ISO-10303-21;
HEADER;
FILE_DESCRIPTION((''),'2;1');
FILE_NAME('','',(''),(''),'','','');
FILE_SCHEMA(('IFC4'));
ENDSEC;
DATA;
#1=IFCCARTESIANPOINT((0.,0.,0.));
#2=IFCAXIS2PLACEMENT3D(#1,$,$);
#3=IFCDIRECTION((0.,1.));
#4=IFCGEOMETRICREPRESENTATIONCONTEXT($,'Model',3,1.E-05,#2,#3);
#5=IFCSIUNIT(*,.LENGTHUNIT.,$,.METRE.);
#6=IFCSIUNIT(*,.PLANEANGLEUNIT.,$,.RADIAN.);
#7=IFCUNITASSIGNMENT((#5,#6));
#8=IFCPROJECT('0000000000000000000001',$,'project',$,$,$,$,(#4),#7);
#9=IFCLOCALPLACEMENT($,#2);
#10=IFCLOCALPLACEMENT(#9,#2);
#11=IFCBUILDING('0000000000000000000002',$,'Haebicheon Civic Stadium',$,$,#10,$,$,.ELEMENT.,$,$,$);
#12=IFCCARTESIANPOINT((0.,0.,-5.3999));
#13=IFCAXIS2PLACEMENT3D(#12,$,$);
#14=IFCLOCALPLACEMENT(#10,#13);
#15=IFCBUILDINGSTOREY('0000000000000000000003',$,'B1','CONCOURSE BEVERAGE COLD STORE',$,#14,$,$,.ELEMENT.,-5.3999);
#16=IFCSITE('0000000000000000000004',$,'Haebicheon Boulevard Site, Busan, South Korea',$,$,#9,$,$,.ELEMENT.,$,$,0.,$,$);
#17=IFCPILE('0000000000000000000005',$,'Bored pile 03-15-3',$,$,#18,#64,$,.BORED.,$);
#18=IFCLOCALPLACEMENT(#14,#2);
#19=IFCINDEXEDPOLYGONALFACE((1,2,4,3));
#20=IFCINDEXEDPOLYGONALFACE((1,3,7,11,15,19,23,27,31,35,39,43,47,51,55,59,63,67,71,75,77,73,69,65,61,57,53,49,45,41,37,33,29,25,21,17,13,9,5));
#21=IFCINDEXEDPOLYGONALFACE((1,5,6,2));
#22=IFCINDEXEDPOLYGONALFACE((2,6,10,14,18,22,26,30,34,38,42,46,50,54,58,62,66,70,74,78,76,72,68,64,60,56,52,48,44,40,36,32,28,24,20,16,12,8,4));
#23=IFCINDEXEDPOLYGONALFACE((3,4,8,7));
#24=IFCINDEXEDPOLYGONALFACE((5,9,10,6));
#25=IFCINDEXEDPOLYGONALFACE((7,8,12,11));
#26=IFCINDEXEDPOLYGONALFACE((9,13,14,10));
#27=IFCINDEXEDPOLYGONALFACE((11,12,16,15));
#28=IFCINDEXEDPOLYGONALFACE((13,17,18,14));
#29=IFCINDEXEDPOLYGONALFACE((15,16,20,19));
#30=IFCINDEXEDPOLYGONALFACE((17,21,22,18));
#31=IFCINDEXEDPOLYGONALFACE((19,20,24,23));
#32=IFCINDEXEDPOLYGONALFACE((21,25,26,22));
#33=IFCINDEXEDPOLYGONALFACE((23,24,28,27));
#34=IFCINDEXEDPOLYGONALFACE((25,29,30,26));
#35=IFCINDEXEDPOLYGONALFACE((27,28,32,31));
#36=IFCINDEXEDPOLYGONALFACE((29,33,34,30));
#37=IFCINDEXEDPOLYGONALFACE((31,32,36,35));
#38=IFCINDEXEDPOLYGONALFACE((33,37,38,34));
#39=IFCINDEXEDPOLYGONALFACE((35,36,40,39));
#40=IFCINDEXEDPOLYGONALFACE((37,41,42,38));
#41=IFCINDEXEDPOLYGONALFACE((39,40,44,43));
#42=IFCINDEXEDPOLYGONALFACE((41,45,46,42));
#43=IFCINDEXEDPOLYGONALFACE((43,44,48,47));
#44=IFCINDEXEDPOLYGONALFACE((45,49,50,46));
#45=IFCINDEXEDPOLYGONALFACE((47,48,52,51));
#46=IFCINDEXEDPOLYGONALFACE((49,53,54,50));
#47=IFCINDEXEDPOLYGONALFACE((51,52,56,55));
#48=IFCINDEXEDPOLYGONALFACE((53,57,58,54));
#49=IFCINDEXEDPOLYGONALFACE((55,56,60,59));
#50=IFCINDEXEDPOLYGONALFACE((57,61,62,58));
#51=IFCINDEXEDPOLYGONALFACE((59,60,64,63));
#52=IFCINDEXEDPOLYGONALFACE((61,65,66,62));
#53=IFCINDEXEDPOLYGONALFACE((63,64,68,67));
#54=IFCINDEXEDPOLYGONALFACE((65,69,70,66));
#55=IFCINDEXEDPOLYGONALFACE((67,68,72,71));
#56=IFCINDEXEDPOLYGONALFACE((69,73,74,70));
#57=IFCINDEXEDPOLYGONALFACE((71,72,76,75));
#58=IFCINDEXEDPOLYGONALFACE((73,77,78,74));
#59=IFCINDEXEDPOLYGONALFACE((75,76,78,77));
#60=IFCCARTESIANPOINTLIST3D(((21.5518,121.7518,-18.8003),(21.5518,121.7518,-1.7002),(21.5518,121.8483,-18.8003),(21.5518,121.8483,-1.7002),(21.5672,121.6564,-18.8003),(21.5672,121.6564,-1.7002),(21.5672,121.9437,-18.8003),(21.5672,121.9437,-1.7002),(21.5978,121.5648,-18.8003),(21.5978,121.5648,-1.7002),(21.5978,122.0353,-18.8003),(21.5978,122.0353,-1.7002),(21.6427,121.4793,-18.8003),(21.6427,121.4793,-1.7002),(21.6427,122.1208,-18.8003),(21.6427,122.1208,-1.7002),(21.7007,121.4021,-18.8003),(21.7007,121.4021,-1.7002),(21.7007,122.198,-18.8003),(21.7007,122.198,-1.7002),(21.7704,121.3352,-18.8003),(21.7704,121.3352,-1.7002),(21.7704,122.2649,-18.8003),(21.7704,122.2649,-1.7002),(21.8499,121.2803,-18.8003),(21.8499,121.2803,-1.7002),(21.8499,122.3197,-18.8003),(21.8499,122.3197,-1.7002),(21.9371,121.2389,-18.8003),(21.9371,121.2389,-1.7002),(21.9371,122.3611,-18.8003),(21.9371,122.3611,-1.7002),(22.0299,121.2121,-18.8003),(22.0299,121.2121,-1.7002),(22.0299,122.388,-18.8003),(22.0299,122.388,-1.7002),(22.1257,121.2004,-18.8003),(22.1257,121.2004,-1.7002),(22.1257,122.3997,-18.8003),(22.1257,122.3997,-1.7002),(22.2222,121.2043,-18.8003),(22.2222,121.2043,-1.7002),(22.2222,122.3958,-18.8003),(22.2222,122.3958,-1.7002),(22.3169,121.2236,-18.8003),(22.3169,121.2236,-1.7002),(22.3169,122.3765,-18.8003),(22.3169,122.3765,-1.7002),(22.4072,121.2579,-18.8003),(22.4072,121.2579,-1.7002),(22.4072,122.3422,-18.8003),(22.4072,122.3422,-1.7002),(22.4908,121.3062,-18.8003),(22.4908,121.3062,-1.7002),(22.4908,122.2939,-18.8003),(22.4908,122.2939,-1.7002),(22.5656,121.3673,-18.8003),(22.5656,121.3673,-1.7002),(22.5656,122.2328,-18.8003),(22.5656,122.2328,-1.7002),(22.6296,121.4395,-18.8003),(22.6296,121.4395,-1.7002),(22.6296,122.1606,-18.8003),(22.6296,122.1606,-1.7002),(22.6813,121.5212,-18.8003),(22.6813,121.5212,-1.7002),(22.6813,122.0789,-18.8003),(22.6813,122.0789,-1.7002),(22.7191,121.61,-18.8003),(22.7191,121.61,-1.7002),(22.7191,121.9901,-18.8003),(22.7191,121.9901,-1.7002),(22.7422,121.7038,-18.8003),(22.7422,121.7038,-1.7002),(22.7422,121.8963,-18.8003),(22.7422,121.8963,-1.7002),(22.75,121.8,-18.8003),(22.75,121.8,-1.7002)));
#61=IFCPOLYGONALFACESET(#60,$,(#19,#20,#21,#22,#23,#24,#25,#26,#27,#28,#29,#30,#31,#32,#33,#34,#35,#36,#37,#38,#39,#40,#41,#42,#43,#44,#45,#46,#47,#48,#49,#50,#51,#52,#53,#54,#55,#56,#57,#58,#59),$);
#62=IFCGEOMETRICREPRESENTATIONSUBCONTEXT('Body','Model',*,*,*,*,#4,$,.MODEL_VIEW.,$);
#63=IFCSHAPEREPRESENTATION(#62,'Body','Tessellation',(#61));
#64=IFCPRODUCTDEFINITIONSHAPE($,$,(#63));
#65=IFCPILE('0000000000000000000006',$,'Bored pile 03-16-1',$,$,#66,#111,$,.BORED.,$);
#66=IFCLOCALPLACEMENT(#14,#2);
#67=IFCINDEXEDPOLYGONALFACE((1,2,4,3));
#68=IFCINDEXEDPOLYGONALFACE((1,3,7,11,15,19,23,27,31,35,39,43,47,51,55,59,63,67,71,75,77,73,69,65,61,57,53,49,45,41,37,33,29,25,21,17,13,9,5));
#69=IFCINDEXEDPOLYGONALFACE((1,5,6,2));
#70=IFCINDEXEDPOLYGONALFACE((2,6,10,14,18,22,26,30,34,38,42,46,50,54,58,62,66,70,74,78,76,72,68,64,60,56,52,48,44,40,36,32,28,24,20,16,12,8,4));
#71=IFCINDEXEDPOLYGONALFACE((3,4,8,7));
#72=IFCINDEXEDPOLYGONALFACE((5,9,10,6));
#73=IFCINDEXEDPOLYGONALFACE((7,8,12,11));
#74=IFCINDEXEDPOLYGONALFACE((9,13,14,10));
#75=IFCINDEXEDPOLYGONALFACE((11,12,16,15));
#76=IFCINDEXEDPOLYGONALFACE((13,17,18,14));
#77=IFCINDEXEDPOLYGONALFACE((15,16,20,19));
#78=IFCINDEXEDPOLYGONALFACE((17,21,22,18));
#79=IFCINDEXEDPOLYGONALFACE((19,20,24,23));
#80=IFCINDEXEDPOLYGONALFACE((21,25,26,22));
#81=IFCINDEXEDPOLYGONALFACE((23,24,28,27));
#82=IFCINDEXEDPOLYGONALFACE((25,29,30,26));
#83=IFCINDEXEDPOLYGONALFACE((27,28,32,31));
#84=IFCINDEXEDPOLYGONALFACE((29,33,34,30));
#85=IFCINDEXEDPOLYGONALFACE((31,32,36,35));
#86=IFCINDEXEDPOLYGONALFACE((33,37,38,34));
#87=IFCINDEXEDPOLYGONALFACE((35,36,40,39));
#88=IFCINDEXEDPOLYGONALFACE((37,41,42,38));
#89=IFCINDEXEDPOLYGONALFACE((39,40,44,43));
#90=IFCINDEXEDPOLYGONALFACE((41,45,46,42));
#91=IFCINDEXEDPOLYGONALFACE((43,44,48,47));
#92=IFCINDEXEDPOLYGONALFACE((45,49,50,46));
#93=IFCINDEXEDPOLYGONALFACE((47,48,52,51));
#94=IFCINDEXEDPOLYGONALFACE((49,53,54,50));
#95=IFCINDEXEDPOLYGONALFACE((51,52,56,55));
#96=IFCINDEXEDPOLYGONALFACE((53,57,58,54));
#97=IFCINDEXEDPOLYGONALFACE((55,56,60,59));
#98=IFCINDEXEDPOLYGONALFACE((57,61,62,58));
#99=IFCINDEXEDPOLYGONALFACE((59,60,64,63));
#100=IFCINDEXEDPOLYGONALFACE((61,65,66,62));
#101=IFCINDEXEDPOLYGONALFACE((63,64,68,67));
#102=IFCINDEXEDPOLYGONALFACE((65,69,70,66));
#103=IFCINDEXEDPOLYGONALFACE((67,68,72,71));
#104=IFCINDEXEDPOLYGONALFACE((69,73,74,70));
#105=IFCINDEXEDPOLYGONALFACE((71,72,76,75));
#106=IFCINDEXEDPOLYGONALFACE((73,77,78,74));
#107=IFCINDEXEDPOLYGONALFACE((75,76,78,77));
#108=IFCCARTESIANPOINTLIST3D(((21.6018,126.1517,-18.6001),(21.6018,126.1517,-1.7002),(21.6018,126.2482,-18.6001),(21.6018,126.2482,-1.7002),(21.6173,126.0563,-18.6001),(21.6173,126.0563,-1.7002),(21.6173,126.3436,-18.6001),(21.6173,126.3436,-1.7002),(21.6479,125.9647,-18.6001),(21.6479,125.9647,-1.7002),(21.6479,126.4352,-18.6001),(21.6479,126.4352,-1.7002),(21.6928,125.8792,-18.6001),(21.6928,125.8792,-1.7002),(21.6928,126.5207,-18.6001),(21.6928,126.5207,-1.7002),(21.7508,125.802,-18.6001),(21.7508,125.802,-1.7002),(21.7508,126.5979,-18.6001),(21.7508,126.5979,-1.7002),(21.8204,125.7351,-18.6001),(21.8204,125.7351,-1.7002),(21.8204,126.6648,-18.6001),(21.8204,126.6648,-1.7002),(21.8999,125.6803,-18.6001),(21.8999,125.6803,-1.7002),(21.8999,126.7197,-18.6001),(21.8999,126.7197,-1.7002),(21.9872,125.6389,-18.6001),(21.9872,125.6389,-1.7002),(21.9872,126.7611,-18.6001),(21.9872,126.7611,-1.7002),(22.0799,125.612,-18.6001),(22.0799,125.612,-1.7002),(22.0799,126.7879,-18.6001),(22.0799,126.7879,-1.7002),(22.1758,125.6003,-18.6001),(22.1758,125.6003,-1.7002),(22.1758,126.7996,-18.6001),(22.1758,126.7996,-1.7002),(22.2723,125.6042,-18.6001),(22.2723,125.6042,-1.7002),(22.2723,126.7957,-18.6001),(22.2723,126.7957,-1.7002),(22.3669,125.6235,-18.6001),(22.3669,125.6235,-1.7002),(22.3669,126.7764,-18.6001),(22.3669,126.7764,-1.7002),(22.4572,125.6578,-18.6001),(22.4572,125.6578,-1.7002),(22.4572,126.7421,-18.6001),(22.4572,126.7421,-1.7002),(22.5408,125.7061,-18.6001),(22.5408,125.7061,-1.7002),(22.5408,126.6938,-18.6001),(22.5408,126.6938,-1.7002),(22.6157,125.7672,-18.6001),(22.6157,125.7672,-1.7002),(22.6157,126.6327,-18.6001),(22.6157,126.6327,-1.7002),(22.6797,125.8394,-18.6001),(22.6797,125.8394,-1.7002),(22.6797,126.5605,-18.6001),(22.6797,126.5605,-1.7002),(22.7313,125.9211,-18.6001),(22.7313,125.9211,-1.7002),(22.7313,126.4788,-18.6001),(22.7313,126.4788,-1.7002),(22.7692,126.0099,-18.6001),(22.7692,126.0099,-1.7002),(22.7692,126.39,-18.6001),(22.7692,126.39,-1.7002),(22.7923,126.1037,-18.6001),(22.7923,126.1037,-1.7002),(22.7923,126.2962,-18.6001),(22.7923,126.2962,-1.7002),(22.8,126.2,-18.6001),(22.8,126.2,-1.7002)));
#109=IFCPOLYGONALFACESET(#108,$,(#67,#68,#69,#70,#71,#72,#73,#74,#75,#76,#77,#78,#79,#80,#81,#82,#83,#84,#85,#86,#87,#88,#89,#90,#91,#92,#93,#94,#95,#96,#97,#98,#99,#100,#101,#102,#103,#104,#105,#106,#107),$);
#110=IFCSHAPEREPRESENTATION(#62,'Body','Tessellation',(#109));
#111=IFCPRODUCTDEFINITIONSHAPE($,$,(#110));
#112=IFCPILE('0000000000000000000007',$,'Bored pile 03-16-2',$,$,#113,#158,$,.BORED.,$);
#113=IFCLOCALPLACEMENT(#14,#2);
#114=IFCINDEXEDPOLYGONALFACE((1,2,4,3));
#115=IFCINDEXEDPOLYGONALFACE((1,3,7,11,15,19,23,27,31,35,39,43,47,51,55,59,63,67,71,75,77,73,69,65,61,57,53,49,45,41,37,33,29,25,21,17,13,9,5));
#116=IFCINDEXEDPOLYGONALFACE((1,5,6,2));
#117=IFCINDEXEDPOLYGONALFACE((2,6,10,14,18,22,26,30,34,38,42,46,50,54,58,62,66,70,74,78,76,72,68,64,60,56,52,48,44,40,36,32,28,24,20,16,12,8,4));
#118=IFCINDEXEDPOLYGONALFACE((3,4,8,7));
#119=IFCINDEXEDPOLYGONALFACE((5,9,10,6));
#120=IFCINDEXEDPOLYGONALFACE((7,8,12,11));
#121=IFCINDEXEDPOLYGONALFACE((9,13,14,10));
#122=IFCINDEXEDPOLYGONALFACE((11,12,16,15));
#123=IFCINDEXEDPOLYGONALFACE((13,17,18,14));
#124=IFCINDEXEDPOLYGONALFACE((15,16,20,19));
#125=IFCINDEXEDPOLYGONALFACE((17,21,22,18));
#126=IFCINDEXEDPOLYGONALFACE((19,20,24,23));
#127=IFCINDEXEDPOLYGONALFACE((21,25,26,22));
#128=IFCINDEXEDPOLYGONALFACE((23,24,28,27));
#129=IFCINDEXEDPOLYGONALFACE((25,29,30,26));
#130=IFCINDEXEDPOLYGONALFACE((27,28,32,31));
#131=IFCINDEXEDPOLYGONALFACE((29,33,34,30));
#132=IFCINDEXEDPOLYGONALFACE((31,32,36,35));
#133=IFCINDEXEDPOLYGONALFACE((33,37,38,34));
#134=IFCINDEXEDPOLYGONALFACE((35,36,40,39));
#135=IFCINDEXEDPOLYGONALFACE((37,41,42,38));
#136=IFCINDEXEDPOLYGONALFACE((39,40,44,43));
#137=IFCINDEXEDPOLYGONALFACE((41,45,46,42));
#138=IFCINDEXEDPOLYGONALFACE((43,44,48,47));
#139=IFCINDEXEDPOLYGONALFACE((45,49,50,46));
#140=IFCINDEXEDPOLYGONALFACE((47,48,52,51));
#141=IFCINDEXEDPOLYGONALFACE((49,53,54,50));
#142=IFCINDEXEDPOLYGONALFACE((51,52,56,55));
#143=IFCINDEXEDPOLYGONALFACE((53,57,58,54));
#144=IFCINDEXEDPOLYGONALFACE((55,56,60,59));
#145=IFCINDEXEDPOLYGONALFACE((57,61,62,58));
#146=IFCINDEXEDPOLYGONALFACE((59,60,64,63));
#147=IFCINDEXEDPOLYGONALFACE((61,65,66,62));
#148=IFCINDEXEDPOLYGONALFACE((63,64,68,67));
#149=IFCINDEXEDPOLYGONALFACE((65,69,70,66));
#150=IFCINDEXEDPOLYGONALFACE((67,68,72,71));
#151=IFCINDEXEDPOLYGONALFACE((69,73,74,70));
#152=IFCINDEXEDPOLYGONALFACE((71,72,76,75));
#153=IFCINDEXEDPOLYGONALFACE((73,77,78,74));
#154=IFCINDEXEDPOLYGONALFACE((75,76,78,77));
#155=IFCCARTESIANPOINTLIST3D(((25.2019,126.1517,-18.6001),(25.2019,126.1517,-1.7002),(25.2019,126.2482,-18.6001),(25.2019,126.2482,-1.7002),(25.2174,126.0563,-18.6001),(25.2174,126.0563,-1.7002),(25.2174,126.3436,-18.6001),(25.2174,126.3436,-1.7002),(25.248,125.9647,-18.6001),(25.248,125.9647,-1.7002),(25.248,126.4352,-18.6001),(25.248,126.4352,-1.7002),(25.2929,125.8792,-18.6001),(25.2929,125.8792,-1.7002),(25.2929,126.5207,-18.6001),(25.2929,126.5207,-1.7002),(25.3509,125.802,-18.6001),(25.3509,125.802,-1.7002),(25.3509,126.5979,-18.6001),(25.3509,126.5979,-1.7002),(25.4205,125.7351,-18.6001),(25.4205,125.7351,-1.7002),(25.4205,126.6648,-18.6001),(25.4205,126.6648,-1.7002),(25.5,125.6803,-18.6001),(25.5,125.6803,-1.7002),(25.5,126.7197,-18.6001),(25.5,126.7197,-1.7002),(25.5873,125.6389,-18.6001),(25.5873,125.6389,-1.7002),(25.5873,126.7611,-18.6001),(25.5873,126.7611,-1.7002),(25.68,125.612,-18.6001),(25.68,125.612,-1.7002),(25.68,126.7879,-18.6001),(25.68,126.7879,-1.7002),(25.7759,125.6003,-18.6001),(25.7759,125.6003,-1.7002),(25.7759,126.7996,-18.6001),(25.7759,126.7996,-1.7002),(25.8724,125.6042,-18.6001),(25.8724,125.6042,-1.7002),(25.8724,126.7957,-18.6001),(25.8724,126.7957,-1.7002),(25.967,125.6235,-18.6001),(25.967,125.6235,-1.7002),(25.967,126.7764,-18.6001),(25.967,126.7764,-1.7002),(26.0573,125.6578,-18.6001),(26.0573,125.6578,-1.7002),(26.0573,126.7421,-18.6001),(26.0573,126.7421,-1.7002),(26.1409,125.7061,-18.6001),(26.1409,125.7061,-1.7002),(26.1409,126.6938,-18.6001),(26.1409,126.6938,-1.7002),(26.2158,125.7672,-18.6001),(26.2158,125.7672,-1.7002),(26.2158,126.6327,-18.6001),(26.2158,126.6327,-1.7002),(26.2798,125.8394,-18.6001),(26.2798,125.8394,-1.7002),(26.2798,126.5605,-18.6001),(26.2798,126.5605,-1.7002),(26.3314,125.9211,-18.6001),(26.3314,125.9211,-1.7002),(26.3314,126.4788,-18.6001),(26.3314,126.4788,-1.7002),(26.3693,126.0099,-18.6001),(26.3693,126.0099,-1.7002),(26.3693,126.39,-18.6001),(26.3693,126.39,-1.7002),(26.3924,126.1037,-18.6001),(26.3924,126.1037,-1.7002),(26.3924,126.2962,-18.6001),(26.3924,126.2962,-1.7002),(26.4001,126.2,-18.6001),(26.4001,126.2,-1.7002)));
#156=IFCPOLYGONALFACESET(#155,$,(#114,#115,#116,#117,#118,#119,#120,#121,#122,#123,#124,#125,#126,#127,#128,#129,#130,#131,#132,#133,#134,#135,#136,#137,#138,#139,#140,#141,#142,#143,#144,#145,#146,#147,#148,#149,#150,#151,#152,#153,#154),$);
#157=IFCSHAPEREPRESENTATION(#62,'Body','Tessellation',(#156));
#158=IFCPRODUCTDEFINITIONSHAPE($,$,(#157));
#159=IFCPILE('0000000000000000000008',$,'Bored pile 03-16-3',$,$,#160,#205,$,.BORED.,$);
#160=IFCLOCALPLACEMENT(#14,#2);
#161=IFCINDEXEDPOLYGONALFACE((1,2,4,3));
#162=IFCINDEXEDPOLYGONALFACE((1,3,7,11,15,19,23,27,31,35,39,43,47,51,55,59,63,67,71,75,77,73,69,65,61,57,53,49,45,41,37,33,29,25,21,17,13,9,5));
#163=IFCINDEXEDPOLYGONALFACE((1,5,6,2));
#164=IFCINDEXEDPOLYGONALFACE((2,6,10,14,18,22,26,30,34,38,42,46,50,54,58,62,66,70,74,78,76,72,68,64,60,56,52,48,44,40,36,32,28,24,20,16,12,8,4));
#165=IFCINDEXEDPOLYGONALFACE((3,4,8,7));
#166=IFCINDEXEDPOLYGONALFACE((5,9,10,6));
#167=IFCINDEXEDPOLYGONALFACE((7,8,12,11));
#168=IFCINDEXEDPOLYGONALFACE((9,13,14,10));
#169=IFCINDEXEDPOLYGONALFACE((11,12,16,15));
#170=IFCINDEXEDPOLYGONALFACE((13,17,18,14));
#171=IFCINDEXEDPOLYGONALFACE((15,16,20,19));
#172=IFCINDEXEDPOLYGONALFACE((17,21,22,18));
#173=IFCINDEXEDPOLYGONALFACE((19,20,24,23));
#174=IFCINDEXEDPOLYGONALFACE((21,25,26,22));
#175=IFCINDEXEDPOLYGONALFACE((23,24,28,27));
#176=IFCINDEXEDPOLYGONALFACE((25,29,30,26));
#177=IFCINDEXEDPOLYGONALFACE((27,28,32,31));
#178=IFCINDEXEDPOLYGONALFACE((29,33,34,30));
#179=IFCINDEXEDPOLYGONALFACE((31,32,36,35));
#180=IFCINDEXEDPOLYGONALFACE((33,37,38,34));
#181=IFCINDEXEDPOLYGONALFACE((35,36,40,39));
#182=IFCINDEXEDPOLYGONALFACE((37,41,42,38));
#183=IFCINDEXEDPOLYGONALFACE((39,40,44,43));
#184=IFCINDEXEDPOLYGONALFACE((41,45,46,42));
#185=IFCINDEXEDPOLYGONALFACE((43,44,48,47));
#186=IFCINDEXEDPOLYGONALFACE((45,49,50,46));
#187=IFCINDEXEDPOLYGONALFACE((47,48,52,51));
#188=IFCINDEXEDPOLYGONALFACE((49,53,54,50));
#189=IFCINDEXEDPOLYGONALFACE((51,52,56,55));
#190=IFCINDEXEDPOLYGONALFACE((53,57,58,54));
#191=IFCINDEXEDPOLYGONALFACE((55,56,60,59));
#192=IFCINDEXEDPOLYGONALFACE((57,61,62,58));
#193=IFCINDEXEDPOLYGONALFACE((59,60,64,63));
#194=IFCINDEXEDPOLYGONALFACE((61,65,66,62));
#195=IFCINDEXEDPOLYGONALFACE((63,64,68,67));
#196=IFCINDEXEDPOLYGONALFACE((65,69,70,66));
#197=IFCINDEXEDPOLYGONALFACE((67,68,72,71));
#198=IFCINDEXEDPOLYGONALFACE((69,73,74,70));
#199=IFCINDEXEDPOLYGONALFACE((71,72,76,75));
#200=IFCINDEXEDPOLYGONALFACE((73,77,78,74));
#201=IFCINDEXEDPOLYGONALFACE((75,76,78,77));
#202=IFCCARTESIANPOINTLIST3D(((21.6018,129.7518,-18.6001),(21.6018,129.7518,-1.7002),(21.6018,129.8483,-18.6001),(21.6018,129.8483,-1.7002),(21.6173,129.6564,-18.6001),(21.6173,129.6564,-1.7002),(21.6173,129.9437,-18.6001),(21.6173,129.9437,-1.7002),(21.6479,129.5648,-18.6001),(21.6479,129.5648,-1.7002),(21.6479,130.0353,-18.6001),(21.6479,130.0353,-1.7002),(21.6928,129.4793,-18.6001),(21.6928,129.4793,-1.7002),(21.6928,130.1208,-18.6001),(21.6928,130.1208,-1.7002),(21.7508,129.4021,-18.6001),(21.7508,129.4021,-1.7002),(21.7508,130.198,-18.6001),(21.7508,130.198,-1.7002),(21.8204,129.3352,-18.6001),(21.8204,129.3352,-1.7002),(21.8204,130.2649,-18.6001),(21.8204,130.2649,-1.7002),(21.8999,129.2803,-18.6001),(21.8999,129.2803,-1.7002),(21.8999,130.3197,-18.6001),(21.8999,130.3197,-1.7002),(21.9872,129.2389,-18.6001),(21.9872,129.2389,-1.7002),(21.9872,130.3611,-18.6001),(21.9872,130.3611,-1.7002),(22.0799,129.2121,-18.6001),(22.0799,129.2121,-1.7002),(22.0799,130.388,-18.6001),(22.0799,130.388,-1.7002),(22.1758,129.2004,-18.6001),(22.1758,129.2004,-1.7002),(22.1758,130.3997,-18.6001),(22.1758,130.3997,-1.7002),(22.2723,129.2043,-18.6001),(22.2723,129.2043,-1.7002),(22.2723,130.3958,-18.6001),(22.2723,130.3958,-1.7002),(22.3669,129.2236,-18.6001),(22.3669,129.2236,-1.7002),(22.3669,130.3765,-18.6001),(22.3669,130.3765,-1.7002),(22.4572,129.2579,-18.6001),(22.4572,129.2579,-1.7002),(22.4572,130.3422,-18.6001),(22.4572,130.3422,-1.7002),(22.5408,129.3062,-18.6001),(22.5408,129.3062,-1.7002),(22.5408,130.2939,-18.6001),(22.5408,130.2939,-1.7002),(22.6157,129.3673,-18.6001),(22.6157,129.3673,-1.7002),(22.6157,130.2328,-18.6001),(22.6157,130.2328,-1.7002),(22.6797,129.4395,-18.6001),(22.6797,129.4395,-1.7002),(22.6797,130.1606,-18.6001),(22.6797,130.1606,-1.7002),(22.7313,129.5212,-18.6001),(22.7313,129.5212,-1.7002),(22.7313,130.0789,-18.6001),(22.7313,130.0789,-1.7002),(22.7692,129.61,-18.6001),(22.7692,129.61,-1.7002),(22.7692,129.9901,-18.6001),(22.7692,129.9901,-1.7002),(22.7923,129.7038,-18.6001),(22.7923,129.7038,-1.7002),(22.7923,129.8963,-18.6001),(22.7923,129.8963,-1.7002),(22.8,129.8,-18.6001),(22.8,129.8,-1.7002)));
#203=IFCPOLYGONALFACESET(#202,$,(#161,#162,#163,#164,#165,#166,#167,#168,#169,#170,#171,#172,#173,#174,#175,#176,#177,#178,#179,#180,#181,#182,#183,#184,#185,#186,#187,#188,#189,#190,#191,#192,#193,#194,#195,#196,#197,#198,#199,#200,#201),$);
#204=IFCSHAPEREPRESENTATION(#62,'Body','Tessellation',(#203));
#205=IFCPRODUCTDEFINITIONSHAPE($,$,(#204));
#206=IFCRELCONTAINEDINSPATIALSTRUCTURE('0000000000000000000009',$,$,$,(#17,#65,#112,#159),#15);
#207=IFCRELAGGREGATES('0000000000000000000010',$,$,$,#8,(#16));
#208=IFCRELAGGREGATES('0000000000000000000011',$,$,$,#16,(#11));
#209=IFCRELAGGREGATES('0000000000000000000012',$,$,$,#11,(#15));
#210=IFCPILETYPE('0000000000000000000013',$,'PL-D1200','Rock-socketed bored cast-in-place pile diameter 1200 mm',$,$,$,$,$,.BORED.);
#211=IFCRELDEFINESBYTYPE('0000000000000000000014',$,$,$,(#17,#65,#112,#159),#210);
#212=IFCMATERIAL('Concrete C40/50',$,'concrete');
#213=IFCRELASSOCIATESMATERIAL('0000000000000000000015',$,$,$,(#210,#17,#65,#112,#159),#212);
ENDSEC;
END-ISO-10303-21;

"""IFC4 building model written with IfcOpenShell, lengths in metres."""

from ifc_helpers import new_model, si_unit, direction, frame, origin, origin_2d, place, context, subcontext, project, spatial, circle, extrude, material, material_profile, profile_set, type_object, element, save


model = new_model("IFC4")

# Units and contexts
model_context = context("Model", 3, precision=1e-05, world=origin(), true_north=direction((0.0, 1.0)))
body_context = subcontext(model_context, "Body", "Model", "MODEL_VIEW")
ifc_project = project(units=[si_unit("LENGTHUNIT", "METRE"), si_unit("PLANEANGLEUNIT", "RADIAN")], contexts=[model_context])

# Site, building, storey
site_placement = place(None, origin())
site = spatial("IfcSite", under=ifc_project, at=site_placement, Name="Haebicheon Boulevard Site, Busan, South Korea", CompositionType="ELEMENT", RefElevation=0.0)
building_placement = place(site_placement, origin())
building = spatial("IfcBuilding", under=site, at=building_placement, Name="Haebicheon Civic Stadium", CompositionType="ELEMENT")
storey_placement = place(building_placement, frame((0.0, 0.0, -5.3999)))
storey = spatial("IfcBuildingStorey", under=building, at=storey_placement, Name="B1", Description="CONCOURSE BEVERAGE COLD STORE", CompositionType="ELEMENT", Elevation=-5.3999)

# Piles
ifc_material_1 = material(Name="Concrete C40/50", Category="concrete")
ifc_material_profile_1 = material_profile(ifc_material_1, circle(Radius=0.6001, at=origin_2d()), Name="PILE-D1200")
ifc_profile_set_1 = profile_set([ifc_material_profile_1], Name="Concrete C40/50")
pile_type_1 = type_object("IfcPileType", Name="PL-D1200", Description="Rock-socketed bored cast-in-place pile diameter 1200 mm", PredefinedType="BORED", material=ifc_profile_set_1)
pile_placement = place(storey_placement, frame((22.1499, 121.8, -1.7002), z_axis=(0.0, 0.0, -1.0), x_axis=(1.0, 0.0, 0.0)))
element("IfcPile", 1, at=pile_placement, inside=storey, type_object=pile_type_1, material=ifc_profile_set_1, Name="Bored pile 03-15-3", PredefinedType="BORED", context=body_context, shape_type="SweptSolid", body=[
    extrude(circle(Radius=0.6001, at=origin_2d()), origin(), (0.0, 0.0, 1.0), 17.1001),
])
for number, where, z_axis, x_axis, name in (
    (2, (22.2, 126.2, -1.7002), (0.0, 0.0, -1.0), (1.0, 0.0, 0.0), "Bored pile 03-16-1"),
    (3, (25.8, 126.2, -1.7002), (0.0, 0.0, -1.0), (1.0, 0.0, 0.0), "Bored pile 03-16-2"),
    (4, (22.2, 129.8, -1.7002), (0.0, 0.0, -1.0), (1.0, 0.0, 0.0), "Bored pile 03-16-3"),
):
    element("IfcPile", number, at=place(storey_placement, frame(where, z_axis=z_axis, x_axis=x_axis)), inside=storey, type_object=pile_type_1, material=ifc_profile_set_1, Name=name, PredefinedType="BORED", context=body_context, shape_type="SweptSolid", body=[
        extrude(circle(Radius=0.6001, at=origin_2d()), origin(), (0.0, 0.0, 1.0), 16.8999),
    ])

save(model, "model.ifc")
